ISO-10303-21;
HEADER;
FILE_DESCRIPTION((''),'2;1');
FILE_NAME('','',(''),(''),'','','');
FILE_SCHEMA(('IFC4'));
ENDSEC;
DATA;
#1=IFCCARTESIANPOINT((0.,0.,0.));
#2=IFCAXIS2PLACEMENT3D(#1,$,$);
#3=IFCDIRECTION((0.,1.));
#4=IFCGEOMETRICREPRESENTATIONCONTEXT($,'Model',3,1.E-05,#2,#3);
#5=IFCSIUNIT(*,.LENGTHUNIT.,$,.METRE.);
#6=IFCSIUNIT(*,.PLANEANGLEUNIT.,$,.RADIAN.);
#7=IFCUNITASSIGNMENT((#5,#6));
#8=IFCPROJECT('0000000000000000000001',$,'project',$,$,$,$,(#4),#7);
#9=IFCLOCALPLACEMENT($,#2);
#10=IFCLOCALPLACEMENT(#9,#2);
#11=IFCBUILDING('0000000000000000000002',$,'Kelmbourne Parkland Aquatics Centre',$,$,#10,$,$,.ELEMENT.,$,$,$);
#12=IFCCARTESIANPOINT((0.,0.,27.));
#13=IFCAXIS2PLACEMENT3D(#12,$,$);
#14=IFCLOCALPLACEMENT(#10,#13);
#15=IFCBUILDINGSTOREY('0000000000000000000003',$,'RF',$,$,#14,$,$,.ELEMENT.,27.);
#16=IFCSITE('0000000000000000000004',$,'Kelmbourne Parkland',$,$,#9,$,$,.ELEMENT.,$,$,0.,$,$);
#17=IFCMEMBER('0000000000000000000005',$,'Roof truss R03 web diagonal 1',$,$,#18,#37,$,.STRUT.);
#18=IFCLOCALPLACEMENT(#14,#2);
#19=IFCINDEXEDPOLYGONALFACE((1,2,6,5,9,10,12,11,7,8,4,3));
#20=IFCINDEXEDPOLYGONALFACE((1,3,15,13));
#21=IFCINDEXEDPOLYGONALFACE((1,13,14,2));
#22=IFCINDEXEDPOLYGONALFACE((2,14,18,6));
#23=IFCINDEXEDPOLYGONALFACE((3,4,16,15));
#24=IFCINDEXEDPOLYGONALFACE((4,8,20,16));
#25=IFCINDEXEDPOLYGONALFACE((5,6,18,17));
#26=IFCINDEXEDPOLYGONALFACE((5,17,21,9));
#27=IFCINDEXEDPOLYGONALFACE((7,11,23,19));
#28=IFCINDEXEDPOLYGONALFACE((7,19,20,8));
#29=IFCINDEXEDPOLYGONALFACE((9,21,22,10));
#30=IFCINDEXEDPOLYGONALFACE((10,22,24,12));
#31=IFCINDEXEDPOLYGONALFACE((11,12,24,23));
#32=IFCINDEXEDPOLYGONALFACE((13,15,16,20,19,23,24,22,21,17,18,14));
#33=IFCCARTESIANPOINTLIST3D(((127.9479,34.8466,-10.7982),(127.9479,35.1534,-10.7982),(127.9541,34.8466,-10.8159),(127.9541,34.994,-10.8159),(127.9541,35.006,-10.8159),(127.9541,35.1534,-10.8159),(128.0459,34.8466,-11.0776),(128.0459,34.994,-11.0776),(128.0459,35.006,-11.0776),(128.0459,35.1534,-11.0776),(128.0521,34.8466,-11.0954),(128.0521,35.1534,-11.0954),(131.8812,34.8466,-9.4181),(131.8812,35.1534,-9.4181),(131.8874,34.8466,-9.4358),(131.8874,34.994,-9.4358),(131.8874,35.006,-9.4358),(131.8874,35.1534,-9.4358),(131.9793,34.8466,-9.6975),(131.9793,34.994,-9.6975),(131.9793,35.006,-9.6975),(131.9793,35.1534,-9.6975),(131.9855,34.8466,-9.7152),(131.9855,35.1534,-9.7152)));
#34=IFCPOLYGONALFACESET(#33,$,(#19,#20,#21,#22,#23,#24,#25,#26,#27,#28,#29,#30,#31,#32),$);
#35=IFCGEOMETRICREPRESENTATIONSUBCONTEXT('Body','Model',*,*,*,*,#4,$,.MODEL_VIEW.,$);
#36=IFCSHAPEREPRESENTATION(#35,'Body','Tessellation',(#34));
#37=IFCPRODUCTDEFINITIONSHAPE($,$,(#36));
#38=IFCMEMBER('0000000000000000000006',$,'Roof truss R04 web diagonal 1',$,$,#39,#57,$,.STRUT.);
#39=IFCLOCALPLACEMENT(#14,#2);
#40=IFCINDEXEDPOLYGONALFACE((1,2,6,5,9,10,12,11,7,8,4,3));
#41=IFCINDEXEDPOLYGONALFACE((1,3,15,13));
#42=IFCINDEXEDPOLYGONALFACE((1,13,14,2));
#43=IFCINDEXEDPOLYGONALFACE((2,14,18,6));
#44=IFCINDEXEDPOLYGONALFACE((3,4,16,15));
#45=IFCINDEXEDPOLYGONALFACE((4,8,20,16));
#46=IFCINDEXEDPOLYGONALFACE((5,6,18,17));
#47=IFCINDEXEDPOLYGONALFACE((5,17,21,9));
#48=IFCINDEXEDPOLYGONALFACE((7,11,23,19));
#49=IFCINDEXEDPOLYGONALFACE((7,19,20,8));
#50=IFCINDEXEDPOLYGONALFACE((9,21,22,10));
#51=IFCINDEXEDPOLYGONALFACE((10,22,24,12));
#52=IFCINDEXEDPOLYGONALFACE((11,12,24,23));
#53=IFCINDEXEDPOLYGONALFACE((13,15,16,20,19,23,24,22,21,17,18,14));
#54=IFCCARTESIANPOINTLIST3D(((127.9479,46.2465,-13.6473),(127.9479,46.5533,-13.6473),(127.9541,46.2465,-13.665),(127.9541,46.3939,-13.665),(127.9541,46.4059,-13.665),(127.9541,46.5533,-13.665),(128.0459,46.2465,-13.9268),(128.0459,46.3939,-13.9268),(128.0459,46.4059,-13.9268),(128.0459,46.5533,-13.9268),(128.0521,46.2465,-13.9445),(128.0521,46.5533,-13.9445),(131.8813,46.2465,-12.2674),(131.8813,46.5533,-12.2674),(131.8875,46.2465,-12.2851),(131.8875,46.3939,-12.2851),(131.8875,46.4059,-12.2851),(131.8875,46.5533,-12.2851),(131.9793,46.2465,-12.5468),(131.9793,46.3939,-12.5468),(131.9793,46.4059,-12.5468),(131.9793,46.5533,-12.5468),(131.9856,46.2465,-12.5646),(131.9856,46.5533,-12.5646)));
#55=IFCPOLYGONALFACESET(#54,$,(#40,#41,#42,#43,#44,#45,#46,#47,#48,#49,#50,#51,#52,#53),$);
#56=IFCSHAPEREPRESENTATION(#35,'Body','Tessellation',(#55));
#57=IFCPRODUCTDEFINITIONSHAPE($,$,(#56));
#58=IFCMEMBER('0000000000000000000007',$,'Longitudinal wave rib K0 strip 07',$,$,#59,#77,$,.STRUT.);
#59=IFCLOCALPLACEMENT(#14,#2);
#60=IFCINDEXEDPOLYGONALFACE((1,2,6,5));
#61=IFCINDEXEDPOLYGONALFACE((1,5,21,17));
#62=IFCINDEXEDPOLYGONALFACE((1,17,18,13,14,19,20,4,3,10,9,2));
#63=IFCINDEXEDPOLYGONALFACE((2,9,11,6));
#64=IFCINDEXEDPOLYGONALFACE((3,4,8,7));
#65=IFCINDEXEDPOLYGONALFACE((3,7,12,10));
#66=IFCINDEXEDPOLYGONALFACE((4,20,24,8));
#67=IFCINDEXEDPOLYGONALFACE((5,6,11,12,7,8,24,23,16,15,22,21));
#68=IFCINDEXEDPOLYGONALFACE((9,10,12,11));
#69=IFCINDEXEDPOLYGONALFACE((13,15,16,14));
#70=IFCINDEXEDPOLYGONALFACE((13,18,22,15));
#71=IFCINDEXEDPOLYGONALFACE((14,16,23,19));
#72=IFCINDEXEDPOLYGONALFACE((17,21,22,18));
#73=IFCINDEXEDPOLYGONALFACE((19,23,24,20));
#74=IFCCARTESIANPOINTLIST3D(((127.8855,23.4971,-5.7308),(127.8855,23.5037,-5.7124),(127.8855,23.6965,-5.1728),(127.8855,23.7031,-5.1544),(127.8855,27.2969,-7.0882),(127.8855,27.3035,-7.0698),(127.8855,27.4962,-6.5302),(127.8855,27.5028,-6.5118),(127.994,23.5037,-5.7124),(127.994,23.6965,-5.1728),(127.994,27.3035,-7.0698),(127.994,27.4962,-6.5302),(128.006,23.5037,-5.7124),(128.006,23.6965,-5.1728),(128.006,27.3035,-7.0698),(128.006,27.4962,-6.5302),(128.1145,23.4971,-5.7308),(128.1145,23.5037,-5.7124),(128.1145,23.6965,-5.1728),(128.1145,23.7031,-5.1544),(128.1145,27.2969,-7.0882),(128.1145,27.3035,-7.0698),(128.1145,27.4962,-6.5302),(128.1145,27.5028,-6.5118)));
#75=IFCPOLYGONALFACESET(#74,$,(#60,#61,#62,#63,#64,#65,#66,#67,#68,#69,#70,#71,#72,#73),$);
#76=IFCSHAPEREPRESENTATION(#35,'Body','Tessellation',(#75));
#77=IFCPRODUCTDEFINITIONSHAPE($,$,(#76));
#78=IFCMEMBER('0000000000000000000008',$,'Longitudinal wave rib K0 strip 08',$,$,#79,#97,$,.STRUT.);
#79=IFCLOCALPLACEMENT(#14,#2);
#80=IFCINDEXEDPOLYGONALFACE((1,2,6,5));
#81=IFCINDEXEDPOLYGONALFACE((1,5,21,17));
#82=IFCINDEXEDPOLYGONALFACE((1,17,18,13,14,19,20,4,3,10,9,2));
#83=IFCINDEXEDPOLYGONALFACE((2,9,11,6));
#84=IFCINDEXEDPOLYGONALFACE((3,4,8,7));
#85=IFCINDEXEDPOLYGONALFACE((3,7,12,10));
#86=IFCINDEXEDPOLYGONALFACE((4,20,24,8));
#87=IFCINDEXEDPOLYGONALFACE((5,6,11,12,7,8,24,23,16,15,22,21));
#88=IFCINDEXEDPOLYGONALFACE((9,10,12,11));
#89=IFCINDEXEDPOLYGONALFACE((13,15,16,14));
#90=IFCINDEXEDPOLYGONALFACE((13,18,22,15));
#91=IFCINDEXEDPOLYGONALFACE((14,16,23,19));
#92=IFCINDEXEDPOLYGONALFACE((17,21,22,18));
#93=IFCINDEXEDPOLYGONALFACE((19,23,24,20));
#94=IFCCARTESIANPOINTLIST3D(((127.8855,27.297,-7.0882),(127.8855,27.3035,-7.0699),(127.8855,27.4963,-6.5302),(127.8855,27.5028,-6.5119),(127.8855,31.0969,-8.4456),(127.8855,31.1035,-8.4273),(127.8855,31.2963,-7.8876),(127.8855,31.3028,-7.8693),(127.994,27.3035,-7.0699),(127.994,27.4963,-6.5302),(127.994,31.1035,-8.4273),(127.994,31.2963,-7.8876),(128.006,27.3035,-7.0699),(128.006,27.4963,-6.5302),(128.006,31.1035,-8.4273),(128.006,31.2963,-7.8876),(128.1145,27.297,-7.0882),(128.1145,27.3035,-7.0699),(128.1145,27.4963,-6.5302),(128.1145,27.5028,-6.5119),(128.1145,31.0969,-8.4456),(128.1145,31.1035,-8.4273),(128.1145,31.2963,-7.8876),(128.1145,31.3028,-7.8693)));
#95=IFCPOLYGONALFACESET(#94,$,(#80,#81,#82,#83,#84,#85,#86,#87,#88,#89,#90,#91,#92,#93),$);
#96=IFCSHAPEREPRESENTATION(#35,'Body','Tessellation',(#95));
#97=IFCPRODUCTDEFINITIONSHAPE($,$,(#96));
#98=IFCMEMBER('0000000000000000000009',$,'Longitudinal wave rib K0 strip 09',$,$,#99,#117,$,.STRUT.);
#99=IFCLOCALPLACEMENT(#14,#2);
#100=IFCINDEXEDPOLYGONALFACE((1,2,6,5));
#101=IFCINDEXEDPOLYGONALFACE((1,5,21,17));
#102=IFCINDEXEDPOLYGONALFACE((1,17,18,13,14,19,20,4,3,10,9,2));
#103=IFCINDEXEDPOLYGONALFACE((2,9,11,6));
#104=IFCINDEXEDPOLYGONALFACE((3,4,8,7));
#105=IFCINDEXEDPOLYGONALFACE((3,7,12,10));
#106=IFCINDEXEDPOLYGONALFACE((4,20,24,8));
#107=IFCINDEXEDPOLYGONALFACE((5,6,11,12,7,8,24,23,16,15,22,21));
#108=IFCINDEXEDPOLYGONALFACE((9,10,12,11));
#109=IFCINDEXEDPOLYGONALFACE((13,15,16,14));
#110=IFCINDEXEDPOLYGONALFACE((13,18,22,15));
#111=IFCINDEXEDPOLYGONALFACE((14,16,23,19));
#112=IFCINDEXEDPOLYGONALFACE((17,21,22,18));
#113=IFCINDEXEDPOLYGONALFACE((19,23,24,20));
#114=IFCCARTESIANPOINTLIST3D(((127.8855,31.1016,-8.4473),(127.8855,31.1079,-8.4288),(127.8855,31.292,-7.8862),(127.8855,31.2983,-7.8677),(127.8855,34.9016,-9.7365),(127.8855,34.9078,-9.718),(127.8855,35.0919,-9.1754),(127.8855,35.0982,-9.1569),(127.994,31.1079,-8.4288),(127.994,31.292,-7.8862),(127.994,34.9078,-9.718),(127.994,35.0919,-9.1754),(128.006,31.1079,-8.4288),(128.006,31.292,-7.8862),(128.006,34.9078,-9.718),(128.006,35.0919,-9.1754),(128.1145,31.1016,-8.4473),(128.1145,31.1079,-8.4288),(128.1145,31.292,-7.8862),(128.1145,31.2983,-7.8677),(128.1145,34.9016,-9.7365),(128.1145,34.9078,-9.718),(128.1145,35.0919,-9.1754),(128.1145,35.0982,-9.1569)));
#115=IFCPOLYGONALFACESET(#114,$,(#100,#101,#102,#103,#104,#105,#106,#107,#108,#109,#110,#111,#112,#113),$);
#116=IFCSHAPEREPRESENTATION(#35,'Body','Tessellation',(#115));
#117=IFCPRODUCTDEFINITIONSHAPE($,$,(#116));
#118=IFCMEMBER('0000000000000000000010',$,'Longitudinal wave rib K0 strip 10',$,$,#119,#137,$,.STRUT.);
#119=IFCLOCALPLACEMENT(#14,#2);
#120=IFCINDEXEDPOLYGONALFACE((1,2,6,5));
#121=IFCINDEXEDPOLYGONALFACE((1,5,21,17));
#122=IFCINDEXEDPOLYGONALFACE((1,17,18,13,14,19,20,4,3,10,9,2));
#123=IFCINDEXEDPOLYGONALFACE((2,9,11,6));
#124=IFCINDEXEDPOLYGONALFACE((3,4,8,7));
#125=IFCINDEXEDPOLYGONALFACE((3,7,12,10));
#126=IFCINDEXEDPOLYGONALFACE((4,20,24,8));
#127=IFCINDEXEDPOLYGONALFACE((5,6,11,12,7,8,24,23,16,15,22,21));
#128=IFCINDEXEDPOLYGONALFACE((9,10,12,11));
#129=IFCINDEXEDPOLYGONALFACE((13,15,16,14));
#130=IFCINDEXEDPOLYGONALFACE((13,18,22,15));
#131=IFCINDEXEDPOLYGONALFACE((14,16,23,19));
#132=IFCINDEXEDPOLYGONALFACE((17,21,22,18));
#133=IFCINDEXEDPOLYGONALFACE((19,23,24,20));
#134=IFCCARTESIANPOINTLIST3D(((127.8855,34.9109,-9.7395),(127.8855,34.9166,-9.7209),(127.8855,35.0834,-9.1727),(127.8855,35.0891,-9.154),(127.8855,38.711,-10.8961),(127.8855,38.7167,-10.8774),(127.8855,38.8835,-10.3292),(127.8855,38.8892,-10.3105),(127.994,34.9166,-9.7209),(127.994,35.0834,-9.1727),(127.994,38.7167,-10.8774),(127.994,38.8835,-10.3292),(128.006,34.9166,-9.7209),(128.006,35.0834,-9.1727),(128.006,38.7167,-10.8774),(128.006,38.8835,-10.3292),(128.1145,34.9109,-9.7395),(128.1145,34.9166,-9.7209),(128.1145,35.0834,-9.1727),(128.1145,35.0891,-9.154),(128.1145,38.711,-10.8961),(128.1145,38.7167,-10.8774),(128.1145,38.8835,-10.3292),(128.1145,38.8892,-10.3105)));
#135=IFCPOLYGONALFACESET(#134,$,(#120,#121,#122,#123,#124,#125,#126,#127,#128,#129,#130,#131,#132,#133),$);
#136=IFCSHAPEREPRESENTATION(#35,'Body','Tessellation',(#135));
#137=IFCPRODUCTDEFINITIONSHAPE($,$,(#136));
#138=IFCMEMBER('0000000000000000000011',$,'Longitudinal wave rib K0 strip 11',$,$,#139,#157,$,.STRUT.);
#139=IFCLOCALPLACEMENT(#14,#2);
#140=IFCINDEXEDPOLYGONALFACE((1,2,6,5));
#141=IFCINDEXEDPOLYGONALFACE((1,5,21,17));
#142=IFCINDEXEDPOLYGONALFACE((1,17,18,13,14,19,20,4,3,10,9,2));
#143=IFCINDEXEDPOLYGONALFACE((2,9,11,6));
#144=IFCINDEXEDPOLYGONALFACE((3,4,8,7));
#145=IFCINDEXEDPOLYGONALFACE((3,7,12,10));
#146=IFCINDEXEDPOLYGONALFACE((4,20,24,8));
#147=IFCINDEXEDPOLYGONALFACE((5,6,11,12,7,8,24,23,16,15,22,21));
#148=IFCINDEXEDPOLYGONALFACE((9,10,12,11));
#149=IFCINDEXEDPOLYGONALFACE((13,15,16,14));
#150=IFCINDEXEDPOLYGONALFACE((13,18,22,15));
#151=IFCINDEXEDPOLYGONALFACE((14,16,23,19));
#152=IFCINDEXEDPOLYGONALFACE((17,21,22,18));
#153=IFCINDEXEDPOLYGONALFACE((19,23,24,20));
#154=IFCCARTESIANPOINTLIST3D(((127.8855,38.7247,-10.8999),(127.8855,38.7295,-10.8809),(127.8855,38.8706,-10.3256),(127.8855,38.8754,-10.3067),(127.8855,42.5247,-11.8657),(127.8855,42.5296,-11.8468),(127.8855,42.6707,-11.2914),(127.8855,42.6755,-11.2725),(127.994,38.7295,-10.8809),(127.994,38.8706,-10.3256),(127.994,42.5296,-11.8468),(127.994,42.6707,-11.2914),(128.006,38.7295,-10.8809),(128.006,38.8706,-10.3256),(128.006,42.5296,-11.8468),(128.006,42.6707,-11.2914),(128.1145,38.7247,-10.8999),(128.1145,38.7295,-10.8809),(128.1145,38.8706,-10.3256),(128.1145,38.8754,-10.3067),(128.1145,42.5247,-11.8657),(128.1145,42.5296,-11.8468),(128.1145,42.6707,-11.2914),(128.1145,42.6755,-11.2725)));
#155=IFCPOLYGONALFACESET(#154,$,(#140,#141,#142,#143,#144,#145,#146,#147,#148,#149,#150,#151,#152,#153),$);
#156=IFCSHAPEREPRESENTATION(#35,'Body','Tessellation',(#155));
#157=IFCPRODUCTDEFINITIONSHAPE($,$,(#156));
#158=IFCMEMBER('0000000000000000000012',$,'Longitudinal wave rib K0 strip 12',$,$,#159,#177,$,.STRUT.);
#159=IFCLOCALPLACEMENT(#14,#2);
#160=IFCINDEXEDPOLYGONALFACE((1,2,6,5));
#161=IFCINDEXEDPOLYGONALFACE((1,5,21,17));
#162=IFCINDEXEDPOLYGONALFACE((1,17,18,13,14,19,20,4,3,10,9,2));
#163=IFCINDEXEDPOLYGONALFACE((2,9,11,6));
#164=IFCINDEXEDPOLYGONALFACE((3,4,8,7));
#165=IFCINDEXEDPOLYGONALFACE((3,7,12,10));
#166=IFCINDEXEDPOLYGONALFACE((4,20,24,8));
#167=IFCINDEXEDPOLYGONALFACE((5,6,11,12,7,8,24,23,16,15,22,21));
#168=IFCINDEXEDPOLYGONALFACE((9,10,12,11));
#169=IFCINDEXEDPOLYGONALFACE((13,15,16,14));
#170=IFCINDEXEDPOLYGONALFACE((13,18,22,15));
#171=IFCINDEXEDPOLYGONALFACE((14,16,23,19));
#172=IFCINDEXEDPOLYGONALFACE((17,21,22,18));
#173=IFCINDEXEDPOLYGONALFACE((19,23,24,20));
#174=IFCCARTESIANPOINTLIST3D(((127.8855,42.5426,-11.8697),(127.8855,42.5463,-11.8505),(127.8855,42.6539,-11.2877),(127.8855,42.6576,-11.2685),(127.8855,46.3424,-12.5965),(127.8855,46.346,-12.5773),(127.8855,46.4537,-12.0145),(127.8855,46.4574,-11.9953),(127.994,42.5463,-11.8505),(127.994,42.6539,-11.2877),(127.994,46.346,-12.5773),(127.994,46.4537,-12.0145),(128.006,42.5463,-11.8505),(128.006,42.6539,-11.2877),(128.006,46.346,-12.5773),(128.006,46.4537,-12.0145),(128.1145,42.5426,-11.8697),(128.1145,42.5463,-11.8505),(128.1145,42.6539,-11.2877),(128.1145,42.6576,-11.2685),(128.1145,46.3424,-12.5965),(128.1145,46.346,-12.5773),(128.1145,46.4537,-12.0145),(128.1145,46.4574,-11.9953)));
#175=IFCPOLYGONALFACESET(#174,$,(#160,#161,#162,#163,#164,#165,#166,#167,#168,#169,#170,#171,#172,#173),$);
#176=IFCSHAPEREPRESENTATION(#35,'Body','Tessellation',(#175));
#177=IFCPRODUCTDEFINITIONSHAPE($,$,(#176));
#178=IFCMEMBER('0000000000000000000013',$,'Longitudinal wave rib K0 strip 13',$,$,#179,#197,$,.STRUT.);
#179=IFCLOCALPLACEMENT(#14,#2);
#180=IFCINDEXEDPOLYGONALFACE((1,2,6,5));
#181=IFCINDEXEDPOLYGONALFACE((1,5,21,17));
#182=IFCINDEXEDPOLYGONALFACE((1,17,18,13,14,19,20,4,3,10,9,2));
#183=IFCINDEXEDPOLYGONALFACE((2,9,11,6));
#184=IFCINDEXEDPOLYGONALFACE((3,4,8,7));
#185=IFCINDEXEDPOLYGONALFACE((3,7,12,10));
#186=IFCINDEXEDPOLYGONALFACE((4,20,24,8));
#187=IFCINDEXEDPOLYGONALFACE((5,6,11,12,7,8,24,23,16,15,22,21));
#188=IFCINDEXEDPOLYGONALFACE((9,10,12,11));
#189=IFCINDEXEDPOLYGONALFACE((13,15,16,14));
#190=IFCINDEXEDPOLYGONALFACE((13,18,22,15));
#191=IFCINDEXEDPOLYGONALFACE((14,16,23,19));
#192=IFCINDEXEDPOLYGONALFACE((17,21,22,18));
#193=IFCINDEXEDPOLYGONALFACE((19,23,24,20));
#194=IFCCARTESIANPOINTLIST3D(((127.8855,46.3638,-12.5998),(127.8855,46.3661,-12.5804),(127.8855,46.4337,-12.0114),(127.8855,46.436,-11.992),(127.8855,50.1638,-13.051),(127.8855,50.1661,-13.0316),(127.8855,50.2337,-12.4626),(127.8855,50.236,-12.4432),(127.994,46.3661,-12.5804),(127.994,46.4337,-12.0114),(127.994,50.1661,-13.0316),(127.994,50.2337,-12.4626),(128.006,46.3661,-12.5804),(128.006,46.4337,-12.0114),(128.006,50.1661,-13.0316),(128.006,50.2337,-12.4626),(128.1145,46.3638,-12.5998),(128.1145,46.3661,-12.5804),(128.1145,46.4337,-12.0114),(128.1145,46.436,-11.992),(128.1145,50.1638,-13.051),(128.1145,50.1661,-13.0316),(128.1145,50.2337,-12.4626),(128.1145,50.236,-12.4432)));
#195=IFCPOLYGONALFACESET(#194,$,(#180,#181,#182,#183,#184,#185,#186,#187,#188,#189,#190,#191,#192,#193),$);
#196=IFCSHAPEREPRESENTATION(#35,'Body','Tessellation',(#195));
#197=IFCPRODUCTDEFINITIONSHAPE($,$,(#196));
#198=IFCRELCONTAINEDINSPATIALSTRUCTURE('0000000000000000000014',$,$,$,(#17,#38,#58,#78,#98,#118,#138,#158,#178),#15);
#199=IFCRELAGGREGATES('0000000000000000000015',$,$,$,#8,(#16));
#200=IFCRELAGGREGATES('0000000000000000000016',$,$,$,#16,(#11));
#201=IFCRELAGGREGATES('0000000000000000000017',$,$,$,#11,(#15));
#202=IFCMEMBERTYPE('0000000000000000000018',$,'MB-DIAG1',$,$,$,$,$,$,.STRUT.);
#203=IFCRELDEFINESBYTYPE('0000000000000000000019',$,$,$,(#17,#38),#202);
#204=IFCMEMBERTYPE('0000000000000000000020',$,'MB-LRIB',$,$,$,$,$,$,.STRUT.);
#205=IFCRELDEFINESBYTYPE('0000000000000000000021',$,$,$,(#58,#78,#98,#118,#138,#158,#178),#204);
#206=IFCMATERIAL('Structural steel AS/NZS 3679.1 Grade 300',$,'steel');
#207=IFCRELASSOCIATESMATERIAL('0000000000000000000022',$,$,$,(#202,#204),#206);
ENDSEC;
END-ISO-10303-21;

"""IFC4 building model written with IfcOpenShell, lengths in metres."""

from ifc_helpers import new_model, si_unit, direction, frame, origin, origin_2d, place, context, subcontext, project, spatial, i_section, extrude, material, material_profile, profile_set, type_object, element, save


model = new_model("IFC4")

# Units and contexts
model_context = context("Model", 3, precision=1e-05, world=origin(), true_north=direction((0.0, 1.0)))
body_context = subcontext(model_context, "Body", "Model", "MODEL_VIEW")
ifc_project = project(units=[si_unit("LENGTHUNIT", "METRE"), si_unit("PLANEANGLEUNIT", "RADIAN")], contexts=[model_context])

# Site, building, storey
site_placement = place(None, origin())
site = spatial("IfcSite", under=ifc_project, at=site_placement, Name="Kelmbourne Parkland", CompositionType="ELEMENT", RefElevation=0.0)
building_placement = place(site_placement, origin())
building = spatial("IfcBuilding", under=site, at=building_placement, Name="Kelmbourne Parkland Aquatics Centre", CompositionType="ELEMENT")
storey_placement = place(building_placement, frame((0.0, 0.0, 27.0)))
storey = spatial("IfcBuildingStorey", under=building, at=storey_placement, Name="RF", CompositionType="ELEMENT", Elevation=27.0)

# Members
ifc_material_1 = material(Name="Structural steel AS/NZS 3679.1 Grade 300", Category="steel")
ifc_material_profile_1 = material_profile(ifc_material_1, i_section(OverallWidth=0.3069, OverallDepth=0.3149, WebThickness=0.012, FlangeThickness=0.0188, at=origin_2d()), Name="310UC118")
ifc_profile_set_1 = profile_set([ifc_material_profile_1], Name="Structural steel AS/NZS 3679.1 Grade 300")
member_type_1 = type_object("IfcMemberType", Name="MB-DIAG1", PredefinedType="STRUT", material=ifc_profile_set_1)
for number, where, z_axis, x_axis, name in (
    (1, (128.0, 35.0, -10.9468), (0.9436, 0.0, 0.331089), (0.0, 1.0, 0.0), "Roof truss R03 web diagonal 1"),
    (2, (128.0, 46.3999, -13.7959), (0.943618, 0.0, 0.331036), (0.0, 1.0, 0.0), "Roof truss R04 web diagonal 1"),
):
    element("IfcMember", number, at=place(storey_placement, frame(where, z_axis=z_axis, x_axis=x_axis)), inside=storey, type_object=member_type_1, Name=name, PredefinedType="STRUT", context=body_context, shape_type="SweptSolid", body=[
        extrude(i_section(OverallWidth=0.3069, OverallDepth=0.3149, WebThickness=0.012, FlangeThickness=0.0188, at=origin_2d()), origin(), (0.0, 0.0, 1.0), 4.1685),
    ])
ifc_material_profile_2 = material_profile(ifc_material_1, i_section(OverallWidth=0.229, OverallDepth=0.6121, WebThickness=0.012, FlangeThickness=0.0195, at=origin_2d()), Name="610UB125")
ifc_profile_set_2 = profile_set([ifc_material_profile_2], Name="Structural steel AS/NZS 3679.1 Grade 300")
member_type_2 = type_object("IfcMemberType", Name="MB-LRIB", PredefinedType="STRUT", material=ifc_profile_set_2)
member_1_placement = place(storey_placement, frame((128.0, 23.6001, -5.4426), z_axis=(0.0, 0.941715, -0.336413), x_axis=(-1.0, 0.0, 0.0)))
element("IfcMember", 3, at=member_1_placement, inside=storey, type_object=member_type_2, Name="Longitudinal wave rib K0 strip 07", PredefinedType="STRUT", context=body_context, shape_type="SweptSolid", body=[
    extrude(i_section(OverallWidth=0.229, OverallDepth=0.6121, WebThickness=0.012, FlangeThickness=0.0195, at=origin_2d()), origin(), (0.0, 0.0, 1.0), 4.0349),
])
member_2_placement = place(storey_placement, frame((128.0, 27.3999, -6.8), z_axis=(0.0, 0.941721, -0.336394), x_axis=(-1.0, 0.0, 0.0)))
element("IfcMember", 4, at=member_2_placement, inside=storey, type_object=member_type_2, Name="Longitudinal wave rib K0 strip 08", PredefinedType="STRUT", context=body_context, shape_type="SweptSolid", body=[
    extrude(i_section(OverallWidth=0.229, OverallDepth=0.6121, WebThickness=0.012, FlangeThickness=0.0195, at=origin_2d()), origin(), (0.0, 0.0, 1.0), 4.0352),
])
member_3_placement = place(storey_placement, frame((128.0, 31.2, -8.1575), z_axis=(0.0, 0.946978, -0.321297), x_axis=(-1.0, 0.0, 0.0)))
element("IfcMember", 5, at=member_3_placement, inside=storey, type_object=member_type_2, Name="Longitudinal wave rib K0 strip 09", PredefinedType="STRUT", context=body_context, shape_type="SweptSolid", body=[
    extrude(i_section(OverallWidth=0.229, OverallDepth=0.6121, WebThickness=0.012, FlangeThickness=0.0195, at=origin_2d()), origin(), (0.0, 0.0, 1.0), 4.0127),
])
member_4_placement = place(storey_placement, frame((128.0, 35.0, -9.4468), z_axis=(0.0, 0.956677, -0.291152), x_axis=(-1.0, 0.0, 0.0)))
element("IfcMember", 6, at=member_4_placement, inside=storey, type_object=member_type_2, Name="Longitudinal wave rib K0 strip 10", PredefinedType="STRUT", context=body_context, shape_type="SweptSolid", body=[
    extrude(i_section(OverallWidth=0.229, OverallDepth=0.6121, WebThickness=0.012, FlangeThickness=0.0195, at=origin_2d()), origin(), (0.0, 0.0, 1.0), 3.9722),
])
member_5_placement = place(storey_placement, frame((128.0, 38.8, -10.6033), z_axis=(0.0, 0.969186, -0.246328), x_axis=(-1.0, 0.0, 0.0)))
element("IfcMember", 7, at=member_5_placement, inside=storey, type_object=member_type_2, Name="Longitudinal wave rib K0 strip 11", PredefinedType="STRUT", context=body_context, shape_type="SweptSolid", body=[
    extrude(i_section(OverallWidth=0.229, OverallDepth=0.6121, WebThickness=0.012, FlangeThickness=0.0195, at=origin_2d()), origin(), (0.0, 0.0, 1.0), 3.9209),
])
member_6_placement = place(storey_placement, frame((128.0, 42.6001, -11.5691), z_axis=(0.0, 0.982194, -0.187869), x_axis=(-1.0, 0.0, 0.0)))
element("IfcMember", 8, at=member_6_placement, inside=storey, type_object=member_type_2, Name="Longitudinal wave rib K0 strip 12", PredefinedType="STRUT", context=body_context, shape_type="SweptSolid", body=[
    extrude(i_section(OverallWidth=0.229, OverallDepth=0.6121, WebThickness=0.012, FlangeThickness=0.0195, at=origin_2d()), origin(), (0.0, 0.0, 1.0), 3.8687),
])
member_7_placement = place(storey_placement, frame((128.0, 46.3999, -12.2959), z_axis=(0.0, 0.993025, -0.1179), x_axis=(-1.0, 0.0, 0.0)))
element("IfcMember", 9, at=member_7_placement, inside=storey, type_object=member_type_2, Name="Longitudinal wave rib K0 strip 13", PredefinedType="STRUT", context=body_context, shape_type="SweptSolid", body=[
    extrude(i_section(OverallWidth=0.229, OverallDepth=0.6121, WebThickness=0.012, FlangeThickness=0.0195, at=origin_2d()), origin(), (0.0, 0.0, 1.0), 3.8267),
])

save(model, "model.ifc")
